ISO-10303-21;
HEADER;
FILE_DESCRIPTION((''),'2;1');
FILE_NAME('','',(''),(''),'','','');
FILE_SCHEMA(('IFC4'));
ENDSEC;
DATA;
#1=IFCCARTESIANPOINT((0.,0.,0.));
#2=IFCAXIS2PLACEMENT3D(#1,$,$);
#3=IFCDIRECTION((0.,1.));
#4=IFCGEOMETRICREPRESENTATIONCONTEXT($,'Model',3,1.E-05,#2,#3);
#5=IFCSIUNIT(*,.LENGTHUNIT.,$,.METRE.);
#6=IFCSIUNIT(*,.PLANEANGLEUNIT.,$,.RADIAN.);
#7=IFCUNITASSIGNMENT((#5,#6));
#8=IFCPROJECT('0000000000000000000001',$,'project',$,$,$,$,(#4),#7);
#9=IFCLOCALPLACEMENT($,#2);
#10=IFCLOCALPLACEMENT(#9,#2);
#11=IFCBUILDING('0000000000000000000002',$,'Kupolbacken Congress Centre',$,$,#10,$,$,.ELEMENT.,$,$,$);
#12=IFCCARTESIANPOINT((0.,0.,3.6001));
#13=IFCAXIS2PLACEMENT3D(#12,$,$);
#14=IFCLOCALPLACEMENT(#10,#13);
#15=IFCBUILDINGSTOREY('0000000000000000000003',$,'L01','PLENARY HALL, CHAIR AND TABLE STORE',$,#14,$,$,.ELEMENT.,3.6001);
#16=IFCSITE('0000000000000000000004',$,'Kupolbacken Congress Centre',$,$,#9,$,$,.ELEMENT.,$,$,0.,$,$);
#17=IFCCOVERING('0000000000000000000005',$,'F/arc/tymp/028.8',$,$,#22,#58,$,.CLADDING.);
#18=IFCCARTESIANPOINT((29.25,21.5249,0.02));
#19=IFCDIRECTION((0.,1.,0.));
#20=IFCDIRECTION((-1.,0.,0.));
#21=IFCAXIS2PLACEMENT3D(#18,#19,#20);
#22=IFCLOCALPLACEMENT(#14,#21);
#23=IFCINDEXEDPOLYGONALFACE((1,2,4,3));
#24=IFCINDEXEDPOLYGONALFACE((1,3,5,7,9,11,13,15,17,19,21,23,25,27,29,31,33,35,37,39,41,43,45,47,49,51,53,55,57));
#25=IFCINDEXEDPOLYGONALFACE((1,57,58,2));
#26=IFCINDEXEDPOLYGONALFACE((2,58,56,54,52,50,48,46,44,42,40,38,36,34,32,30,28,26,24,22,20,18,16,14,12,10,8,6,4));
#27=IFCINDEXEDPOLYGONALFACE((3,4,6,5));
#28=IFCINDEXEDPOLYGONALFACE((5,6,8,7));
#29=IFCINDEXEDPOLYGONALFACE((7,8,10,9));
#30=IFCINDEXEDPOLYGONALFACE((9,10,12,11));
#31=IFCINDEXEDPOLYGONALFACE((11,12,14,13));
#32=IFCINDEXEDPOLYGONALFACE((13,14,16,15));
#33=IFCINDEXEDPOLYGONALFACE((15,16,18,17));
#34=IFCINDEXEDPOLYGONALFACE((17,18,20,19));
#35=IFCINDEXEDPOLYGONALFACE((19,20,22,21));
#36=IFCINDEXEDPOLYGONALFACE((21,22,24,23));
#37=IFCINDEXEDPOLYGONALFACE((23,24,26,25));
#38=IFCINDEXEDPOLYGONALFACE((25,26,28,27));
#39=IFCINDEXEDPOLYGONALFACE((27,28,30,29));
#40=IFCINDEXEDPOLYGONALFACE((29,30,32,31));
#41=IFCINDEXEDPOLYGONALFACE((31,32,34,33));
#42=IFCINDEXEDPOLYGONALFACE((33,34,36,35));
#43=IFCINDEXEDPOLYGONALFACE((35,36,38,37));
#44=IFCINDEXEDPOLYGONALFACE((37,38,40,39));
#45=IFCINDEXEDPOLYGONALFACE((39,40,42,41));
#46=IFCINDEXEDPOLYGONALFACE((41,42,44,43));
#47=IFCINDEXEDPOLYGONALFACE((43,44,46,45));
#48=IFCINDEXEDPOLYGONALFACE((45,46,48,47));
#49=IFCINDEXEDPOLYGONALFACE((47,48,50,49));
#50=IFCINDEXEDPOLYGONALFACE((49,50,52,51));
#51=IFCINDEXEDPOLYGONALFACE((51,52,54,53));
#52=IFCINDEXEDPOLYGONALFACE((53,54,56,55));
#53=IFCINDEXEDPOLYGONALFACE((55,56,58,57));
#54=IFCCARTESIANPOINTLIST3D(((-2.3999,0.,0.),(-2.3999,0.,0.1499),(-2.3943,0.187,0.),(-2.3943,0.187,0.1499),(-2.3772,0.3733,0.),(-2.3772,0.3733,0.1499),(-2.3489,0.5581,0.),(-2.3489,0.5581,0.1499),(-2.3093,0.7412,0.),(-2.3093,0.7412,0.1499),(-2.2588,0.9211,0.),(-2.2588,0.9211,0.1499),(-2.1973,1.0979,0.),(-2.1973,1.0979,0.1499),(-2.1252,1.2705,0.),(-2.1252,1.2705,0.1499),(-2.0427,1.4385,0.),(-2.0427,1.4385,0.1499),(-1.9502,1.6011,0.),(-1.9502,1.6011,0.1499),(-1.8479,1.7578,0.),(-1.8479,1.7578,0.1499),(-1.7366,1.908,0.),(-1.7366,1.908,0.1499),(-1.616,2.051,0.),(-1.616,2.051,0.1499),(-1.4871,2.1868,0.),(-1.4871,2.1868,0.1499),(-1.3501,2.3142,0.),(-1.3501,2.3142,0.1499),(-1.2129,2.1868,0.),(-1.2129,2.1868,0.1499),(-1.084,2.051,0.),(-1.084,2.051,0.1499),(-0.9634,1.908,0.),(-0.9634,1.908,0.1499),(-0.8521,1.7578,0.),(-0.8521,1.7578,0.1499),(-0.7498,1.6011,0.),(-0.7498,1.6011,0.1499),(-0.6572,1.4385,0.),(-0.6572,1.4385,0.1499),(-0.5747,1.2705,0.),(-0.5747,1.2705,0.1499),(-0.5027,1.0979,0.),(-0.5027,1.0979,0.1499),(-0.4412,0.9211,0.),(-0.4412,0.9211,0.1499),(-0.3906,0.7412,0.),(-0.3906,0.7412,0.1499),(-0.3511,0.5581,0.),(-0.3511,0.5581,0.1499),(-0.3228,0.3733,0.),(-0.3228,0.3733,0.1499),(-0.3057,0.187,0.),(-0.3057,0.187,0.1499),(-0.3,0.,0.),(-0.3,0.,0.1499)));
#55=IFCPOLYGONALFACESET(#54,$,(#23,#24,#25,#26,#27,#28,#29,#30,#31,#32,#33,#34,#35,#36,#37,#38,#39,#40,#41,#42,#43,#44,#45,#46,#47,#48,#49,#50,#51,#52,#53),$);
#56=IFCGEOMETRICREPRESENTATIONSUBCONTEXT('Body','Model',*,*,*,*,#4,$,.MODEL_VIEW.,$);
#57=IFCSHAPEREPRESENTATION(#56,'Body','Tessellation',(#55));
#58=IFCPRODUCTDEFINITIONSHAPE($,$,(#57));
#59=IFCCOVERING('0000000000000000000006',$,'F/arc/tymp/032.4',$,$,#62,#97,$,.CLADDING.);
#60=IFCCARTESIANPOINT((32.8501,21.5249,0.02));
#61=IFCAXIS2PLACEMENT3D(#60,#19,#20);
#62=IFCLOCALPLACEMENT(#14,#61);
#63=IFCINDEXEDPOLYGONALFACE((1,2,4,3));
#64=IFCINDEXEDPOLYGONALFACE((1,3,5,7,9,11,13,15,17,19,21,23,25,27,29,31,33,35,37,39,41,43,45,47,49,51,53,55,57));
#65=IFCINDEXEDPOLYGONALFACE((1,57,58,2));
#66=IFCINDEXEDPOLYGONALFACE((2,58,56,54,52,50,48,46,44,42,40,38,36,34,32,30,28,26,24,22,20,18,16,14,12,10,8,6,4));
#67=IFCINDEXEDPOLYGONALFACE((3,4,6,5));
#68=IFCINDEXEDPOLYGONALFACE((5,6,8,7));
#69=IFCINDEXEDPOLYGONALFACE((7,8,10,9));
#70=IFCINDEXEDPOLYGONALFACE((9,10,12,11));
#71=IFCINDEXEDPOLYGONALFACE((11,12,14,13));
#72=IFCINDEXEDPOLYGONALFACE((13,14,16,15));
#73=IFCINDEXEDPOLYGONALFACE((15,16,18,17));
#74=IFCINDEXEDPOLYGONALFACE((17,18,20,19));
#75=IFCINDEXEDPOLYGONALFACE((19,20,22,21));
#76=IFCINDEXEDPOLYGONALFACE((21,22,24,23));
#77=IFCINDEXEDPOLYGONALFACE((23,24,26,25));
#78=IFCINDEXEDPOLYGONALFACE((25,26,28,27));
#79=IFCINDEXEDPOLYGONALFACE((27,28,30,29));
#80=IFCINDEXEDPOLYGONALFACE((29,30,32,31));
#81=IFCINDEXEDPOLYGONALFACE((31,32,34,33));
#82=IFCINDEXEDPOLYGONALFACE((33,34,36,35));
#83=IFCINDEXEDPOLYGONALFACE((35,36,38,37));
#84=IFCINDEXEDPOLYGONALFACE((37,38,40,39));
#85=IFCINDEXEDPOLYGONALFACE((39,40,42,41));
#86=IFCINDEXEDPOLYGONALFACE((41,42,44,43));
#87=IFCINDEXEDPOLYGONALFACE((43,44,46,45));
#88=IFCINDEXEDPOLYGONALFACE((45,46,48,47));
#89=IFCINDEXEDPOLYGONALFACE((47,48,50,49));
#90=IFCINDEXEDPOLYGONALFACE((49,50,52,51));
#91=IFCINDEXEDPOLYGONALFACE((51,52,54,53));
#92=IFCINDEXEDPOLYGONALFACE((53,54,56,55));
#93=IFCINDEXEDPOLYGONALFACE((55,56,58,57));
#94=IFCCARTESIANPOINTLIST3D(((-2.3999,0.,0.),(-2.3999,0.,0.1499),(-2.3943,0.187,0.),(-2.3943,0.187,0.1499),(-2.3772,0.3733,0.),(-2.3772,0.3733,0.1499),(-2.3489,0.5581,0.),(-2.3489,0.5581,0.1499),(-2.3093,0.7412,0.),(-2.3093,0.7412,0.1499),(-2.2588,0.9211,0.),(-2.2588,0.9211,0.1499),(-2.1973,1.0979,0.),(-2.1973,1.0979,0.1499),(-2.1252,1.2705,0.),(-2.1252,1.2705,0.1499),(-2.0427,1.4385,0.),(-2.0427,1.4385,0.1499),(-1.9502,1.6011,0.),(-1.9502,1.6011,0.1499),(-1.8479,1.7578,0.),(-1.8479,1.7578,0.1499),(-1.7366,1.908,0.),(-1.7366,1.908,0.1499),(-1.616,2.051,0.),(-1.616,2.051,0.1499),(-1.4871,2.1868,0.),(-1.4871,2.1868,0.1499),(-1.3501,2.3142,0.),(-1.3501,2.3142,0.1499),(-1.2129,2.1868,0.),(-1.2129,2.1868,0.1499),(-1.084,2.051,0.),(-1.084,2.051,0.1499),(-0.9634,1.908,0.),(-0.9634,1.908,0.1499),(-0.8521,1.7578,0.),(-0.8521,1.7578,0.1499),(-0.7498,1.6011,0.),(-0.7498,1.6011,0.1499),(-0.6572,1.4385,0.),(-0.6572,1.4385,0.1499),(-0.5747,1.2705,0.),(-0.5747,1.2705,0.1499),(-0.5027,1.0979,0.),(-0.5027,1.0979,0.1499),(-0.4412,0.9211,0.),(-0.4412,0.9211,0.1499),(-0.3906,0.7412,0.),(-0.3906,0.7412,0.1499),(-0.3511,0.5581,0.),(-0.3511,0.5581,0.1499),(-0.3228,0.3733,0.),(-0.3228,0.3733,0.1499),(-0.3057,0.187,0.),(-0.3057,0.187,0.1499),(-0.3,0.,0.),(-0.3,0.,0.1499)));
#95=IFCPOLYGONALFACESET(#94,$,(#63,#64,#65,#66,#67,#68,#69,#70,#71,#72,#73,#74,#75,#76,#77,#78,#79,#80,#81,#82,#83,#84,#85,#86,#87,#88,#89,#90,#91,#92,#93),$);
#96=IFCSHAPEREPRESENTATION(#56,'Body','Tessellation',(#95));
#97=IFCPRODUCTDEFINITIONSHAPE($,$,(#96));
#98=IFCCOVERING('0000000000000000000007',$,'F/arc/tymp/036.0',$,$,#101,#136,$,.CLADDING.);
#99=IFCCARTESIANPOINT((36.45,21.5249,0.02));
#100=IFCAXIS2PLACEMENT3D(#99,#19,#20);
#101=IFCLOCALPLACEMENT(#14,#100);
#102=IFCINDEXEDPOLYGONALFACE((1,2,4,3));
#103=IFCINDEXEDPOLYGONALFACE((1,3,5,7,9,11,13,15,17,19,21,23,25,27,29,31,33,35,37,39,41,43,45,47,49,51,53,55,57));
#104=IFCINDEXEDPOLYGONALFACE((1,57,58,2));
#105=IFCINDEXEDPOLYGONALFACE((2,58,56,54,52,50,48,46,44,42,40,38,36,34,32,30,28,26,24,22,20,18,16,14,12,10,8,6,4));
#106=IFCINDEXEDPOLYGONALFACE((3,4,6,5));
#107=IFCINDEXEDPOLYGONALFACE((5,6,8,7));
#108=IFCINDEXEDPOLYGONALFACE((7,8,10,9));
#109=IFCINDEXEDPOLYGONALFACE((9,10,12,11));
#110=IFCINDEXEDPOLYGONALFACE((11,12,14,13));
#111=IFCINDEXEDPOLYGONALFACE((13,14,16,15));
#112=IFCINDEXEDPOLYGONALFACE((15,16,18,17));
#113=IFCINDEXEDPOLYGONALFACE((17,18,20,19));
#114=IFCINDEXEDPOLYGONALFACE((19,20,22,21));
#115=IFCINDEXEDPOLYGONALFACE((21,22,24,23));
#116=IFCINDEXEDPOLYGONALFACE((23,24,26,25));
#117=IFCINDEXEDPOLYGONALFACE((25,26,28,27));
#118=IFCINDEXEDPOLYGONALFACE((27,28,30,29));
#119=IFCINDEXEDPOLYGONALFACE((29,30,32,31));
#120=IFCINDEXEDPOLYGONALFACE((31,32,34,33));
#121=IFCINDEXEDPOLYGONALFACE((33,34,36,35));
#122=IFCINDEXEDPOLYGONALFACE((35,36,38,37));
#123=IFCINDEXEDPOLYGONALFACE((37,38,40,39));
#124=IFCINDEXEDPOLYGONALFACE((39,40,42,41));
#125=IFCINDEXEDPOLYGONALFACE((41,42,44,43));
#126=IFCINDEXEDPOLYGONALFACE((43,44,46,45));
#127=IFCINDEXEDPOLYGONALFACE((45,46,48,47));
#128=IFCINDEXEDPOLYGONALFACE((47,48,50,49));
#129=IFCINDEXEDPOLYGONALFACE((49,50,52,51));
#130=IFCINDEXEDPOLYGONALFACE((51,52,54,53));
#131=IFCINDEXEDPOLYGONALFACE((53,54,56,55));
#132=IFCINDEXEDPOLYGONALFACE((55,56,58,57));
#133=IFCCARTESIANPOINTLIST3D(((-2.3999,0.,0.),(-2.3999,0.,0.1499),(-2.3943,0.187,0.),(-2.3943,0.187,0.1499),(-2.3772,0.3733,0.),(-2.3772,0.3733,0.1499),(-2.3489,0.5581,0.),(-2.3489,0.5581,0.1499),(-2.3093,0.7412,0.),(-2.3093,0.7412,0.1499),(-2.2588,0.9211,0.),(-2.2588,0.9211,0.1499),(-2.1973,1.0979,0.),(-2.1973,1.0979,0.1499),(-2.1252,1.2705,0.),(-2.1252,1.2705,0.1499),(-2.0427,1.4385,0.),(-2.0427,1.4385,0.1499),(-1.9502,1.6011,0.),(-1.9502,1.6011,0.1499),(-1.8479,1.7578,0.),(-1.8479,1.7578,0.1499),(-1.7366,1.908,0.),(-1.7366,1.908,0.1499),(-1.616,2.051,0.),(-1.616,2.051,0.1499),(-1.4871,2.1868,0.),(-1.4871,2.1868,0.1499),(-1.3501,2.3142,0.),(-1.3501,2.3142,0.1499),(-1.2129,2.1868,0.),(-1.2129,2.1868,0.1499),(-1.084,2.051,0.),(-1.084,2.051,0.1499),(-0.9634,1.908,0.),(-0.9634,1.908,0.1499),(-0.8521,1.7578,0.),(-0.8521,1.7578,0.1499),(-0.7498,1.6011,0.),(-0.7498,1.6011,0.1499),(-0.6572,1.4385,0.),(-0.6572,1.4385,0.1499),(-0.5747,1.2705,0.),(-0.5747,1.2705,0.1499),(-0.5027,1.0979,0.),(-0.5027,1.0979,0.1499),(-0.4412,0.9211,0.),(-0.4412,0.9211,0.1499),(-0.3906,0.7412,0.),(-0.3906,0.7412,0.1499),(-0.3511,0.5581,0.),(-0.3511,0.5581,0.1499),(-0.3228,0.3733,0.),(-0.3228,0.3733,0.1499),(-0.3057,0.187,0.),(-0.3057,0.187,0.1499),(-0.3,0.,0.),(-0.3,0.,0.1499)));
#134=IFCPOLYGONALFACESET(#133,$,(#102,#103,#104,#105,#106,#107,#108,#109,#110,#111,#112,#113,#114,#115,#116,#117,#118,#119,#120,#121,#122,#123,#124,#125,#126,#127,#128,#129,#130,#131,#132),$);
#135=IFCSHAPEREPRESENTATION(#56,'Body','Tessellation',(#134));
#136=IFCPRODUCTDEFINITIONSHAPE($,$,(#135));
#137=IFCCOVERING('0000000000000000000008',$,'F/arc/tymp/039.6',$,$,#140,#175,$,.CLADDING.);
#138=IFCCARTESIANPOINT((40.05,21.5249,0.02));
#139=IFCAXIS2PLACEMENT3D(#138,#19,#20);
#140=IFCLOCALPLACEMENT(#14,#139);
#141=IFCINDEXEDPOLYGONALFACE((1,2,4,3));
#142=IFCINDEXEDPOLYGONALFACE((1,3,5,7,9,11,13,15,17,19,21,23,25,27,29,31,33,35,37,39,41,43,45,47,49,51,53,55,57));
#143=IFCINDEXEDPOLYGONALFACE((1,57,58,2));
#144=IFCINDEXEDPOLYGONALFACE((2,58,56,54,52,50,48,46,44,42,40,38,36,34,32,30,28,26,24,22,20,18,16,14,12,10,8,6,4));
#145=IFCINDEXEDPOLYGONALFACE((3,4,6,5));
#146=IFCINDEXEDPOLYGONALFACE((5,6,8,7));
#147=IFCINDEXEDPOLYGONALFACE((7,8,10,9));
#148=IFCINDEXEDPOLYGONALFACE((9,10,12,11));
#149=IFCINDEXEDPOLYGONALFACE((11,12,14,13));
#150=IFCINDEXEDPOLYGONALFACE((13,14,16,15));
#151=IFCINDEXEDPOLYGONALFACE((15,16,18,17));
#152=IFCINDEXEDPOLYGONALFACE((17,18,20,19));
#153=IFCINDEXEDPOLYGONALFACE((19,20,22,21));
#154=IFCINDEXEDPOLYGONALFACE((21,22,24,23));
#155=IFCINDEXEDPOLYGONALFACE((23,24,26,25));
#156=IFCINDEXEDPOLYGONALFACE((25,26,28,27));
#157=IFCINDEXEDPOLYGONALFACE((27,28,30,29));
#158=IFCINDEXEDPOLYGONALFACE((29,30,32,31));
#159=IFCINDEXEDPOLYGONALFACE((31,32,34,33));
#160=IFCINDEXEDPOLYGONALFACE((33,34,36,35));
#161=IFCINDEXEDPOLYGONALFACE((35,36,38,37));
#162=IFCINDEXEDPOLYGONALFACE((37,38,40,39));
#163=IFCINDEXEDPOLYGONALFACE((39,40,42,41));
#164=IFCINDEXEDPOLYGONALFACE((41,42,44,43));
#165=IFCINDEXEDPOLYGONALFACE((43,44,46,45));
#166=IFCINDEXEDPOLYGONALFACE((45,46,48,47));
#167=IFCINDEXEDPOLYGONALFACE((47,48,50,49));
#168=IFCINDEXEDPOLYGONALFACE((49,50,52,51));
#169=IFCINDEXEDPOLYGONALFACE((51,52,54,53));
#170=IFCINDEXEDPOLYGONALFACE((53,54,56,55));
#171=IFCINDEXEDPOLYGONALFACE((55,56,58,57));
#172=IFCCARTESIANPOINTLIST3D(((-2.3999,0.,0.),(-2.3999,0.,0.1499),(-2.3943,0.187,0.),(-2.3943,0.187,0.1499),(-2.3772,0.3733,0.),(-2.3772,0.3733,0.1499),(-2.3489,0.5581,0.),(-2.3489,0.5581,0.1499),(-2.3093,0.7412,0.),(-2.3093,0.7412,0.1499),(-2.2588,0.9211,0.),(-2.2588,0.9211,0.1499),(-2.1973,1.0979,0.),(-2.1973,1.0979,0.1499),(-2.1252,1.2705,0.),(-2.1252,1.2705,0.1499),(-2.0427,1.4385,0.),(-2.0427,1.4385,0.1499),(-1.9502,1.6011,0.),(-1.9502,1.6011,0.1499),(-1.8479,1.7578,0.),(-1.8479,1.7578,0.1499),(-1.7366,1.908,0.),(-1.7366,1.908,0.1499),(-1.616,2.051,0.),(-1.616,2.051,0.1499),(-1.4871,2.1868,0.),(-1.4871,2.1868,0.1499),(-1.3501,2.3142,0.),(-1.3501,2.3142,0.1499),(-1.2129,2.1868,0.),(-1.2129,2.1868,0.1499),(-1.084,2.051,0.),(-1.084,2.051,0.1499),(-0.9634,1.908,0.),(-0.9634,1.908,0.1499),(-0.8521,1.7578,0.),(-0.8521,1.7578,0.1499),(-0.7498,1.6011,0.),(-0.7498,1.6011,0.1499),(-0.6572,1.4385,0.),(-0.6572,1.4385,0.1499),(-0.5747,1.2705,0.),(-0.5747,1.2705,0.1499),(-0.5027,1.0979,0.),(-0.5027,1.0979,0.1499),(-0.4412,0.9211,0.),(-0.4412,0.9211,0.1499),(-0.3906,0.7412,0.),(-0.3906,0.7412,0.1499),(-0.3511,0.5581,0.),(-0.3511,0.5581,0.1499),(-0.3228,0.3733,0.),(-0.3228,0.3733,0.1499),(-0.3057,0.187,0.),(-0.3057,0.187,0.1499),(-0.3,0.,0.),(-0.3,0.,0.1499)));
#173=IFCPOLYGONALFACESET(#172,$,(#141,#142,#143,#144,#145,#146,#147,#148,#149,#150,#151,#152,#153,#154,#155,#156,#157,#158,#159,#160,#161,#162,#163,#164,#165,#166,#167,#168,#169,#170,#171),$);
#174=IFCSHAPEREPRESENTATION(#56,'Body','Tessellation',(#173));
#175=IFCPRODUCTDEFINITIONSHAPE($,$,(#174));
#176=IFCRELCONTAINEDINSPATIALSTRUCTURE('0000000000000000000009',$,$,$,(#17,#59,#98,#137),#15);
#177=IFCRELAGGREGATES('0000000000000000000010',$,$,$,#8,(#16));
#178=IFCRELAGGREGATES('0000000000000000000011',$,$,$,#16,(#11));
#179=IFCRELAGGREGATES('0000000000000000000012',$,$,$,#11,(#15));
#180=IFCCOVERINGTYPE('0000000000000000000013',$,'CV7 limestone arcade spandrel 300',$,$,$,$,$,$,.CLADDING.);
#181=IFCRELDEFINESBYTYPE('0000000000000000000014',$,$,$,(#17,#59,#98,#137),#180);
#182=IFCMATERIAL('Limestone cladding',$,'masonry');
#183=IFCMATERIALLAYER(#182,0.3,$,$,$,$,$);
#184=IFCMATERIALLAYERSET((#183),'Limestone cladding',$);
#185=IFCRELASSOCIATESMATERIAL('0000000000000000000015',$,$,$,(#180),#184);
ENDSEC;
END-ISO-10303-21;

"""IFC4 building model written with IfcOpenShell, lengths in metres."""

from ifc_helpers import new_model, si_unit, direction, frame, origin, place, context, subcontext, project, spatial, polyline, outline, extrude, material, layer, layer_set, type_object, element, save


model = new_model("IFC4")

# Units and contexts
model_context = context("Model", 3, precision=1e-05, world=origin(), true_north=direction((0.0, 1.0)))
body_context = subcontext(model_context, "Body", "Model", "MODEL_VIEW")
ifc_project = project(units=[si_unit("LENGTHUNIT", "METRE"), si_unit("PLANEANGLEUNIT", "RADIAN")], contexts=[model_context])

# Site, building, storey
site_placement = place(None, origin())
site = spatial("IfcSite", under=ifc_project, at=site_placement, Name="Kupolbacken Congress Centre", CompositionType="ELEMENT", RefElevation=0.0)
building_placement = place(site_placement, origin())
building = spatial("IfcBuilding", under=site, at=building_placement, Name="Kupolbacken Congress Centre", CompositionType="ELEMENT")
storey_placement = place(building_placement, frame((0.0, 0.0, 3.6001)))
storey = spatial("IfcBuildingStorey", under=building, at=storey_placement, Name="L01", Description="PLENARY HALL, CHAIR AND TABLE STORE", CompositionType="ELEMENT", Elevation=3.6001)

# Coverings
ifc_material_1 = material(Name="Limestone cladding", Category="masonry")
ifc_layer_1 = layer(ifc_material_1, 0.3)
ifc_layer_set_1 = layer_set([ifc_layer_1], Name="Limestone cladding")
covering_type = type_object("IfcCoveringType", Name="CV7 limestone arcade spandrel 300", PredefinedType="CLADDING", material=ifc_layer_set_1)
covering_1_placement = place(storey_placement, frame((29.25, 21.5249, 0.02), z_axis=(0.0, 1.0, 0.0), x_axis=(-1.0, 0.0, 0.0)))
element("IfcCovering", 1, at=covering_1_placement, inside=storey, type_object=covering_type, Name="F/arc/tymp/028.8", PredefinedType="CLADDING", context=body_context, shape_type="SweptSolid", body=[
    extrude(outline(polyline([(-0.3, 0.0), (-0.3057, 0.187), (-0.3228, 0.3733), (-0.3511, 0.5581), (-0.3906, 0.7412), (-0.4412, 0.9211), (-0.5027, 1.0979), (-0.5747, 1.2705), (-0.6572, 1.4385), (-0.7498, 1.6011), (-0.8521, 1.7578), (-0.9634, 1.908), (-1.084, 2.051), (-1.2129, 2.1868), (-1.3501, 2.3142), (-1.4871, 2.1868), (-1.616, 2.051), (-1.7366, 1.908), (-1.8479, 1.7578), (-1.9502, 1.6011), (-2.0427, 1.4385), (-2.1252, 1.2705), (-2.1973, 1.0979), (-2.2588, 0.9211), (-2.3093, 0.7412), (-2.3489, 0.5581), (-2.3772, 0.3733), (-2.3943, 0.187), (-2.3999, 0.0), (-0.3, 0.0)])), origin(), (0.0, 0.0, 1.0), 0.1499),
])
covering_2_placement = place(storey_placement, frame((32.8501, 21.5249, 0.02), z_axis=(0.0, 1.0, 0.0), x_axis=(-1.0, 0.0, 0.0)))
element("IfcCovering", 2, at=covering_2_placement, inside=storey, type_object=covering_type, Name="F/arc/tymp/032.4", PredefinedType="CLADDING", context=body_context, shape_type="SweptSolid", body=[
    extrude(outline(polyline([(-0.3, 0.0), (-0.3057, 0.187), (-0.3228, 0.3733), (-0.3511, 0.5581), (-0.3906, 0.7412), (-0.4412, 0.9211), (-0.5027, 1.0979), (-0.5747, 1.2705), (-0.6572, 1.4385), (-0.7498, 1.6011), (-0.8521, 1.7578), (-0.9634, 1.908), (-1.084, 2.051), (-1.2129, 2.1868), (-1.3501, 2.3142), (-1.4871, 2.1868), (-1.616, 2.051), (-1.7366, 1.908), (-1.8479, 1.7578), (-1.9502, 1.6011), (-2.0427, 1.4385), (-2.1252, 1.2705), (-2.1973, 1.0979), (-2.2588, 0.9211), (-2.3093, 0.7412), (-2.3489, 0.5581), (-2.3772, 0.3733), (-2.3943, 0.187), (-2.3999, 0.0), (-0.3, 0.0)])), origin(), (0.0, 0.0, 1.0), 0.1499),
])
covering_3_placement = place(storey_placement, frame((36.45, 21.5249, 0.02), z_axis=(0.0, 1.0, 0.0), x_axis=(-1.0, 0.0, 0.0)))
element("IfcCovering", 3, at=covering_3_placement, inside=storey, type_object=covering_type, Name="F/arc/tymp/036.0", PredefinedType="CLADDING", context=body_context, shape_type="SweptSolid", body=[
    extrude(outline(polyline([(-0.3, 0.0), (-0.3057, 0.187), (-0.3228, 0.3733), (-0.3511, 0.5581), (-0.3906, 0.7412), (-0.4412, 0.9211), (-0.5027, 1.0979), (-0.5747, 1.2705), (-0.6572, 1.4385), (-0.7498, 1.6011), (-0.8521, 1.7578), (-0.9634, 1.908), (-1.084, 2.051), (-1.2129, 2.1868), (-1.3501, 2.3142), (-1.4871, 2.1868), (-1.616, 2.051), (-1.7366, 1.908), (-1.8479, 1.7578), (-1.9502, 1.6011), (-2.0427, 1.4385), (-2.1252, 1.2705), (-2.1973, 1.0979), (-2.2588, 0.9211), (-2.3093, 0.7412), (-2.3489, 0.5581), (-2.3772, 0.3733), (-2.3943, 0.187), (-2.3999, 0.0), (-0.3, 0.0)])), origin(), (0.0, 0.0, 1.0), 0.1499),
])
covering_4_placement = place(storey_placement, frame((40.05, 21.5249, 0.02), z_axis=(0.0, 1.0, 0.0), x_axis=(-1.0, 0.0, 0.0)))
element("IfcCovering", 4, at=covering_4_placement, inside=storey, type_object=covering_type, Name="F/arc/tymp/039.6", PredefinedType="CLADDING", context=body_context, shape_type="SweptSolid", body=[
    extrude(outline(polyline([(-0.3, 0.0), (-0.3057, 0.187), (-0.3228, 0.3733), (-0.3511, 0.5581), (-0.3906, 0.7412), (-0.4412, 0.9211), (-0.5027, 1.0979), (-0.5747, 1.2705), (-0.6572, 1.4385), (-0.7498, 1.6011), (-0.8521, 1.7578), (-0.9634, 1.908), (-1.084, 2.051), (-1.2129, 2.1868), (-1.3501, 2.3142), (-1.4871, 2.1868), (-1.616, 2.051), (-1.7366, 1.908), (-1.8479, 1.7578), (-1.9502, 1.6011), (-2.0427, 1.4385), (-2.1252, 1.2705), (-2.1973, 1.0979), (-2.2588, 0.9211), (-2.3093, 0.7412), (-2.3489, 0.5581), (-2.3772, 0.3733), (-2.3943, 0.187), (-2.3999, 0.0), (-0.3, 0.0)])), origin(), (0.0, 0.0, 1.0), 0.1499),
])

save(model, "model.ifc")
